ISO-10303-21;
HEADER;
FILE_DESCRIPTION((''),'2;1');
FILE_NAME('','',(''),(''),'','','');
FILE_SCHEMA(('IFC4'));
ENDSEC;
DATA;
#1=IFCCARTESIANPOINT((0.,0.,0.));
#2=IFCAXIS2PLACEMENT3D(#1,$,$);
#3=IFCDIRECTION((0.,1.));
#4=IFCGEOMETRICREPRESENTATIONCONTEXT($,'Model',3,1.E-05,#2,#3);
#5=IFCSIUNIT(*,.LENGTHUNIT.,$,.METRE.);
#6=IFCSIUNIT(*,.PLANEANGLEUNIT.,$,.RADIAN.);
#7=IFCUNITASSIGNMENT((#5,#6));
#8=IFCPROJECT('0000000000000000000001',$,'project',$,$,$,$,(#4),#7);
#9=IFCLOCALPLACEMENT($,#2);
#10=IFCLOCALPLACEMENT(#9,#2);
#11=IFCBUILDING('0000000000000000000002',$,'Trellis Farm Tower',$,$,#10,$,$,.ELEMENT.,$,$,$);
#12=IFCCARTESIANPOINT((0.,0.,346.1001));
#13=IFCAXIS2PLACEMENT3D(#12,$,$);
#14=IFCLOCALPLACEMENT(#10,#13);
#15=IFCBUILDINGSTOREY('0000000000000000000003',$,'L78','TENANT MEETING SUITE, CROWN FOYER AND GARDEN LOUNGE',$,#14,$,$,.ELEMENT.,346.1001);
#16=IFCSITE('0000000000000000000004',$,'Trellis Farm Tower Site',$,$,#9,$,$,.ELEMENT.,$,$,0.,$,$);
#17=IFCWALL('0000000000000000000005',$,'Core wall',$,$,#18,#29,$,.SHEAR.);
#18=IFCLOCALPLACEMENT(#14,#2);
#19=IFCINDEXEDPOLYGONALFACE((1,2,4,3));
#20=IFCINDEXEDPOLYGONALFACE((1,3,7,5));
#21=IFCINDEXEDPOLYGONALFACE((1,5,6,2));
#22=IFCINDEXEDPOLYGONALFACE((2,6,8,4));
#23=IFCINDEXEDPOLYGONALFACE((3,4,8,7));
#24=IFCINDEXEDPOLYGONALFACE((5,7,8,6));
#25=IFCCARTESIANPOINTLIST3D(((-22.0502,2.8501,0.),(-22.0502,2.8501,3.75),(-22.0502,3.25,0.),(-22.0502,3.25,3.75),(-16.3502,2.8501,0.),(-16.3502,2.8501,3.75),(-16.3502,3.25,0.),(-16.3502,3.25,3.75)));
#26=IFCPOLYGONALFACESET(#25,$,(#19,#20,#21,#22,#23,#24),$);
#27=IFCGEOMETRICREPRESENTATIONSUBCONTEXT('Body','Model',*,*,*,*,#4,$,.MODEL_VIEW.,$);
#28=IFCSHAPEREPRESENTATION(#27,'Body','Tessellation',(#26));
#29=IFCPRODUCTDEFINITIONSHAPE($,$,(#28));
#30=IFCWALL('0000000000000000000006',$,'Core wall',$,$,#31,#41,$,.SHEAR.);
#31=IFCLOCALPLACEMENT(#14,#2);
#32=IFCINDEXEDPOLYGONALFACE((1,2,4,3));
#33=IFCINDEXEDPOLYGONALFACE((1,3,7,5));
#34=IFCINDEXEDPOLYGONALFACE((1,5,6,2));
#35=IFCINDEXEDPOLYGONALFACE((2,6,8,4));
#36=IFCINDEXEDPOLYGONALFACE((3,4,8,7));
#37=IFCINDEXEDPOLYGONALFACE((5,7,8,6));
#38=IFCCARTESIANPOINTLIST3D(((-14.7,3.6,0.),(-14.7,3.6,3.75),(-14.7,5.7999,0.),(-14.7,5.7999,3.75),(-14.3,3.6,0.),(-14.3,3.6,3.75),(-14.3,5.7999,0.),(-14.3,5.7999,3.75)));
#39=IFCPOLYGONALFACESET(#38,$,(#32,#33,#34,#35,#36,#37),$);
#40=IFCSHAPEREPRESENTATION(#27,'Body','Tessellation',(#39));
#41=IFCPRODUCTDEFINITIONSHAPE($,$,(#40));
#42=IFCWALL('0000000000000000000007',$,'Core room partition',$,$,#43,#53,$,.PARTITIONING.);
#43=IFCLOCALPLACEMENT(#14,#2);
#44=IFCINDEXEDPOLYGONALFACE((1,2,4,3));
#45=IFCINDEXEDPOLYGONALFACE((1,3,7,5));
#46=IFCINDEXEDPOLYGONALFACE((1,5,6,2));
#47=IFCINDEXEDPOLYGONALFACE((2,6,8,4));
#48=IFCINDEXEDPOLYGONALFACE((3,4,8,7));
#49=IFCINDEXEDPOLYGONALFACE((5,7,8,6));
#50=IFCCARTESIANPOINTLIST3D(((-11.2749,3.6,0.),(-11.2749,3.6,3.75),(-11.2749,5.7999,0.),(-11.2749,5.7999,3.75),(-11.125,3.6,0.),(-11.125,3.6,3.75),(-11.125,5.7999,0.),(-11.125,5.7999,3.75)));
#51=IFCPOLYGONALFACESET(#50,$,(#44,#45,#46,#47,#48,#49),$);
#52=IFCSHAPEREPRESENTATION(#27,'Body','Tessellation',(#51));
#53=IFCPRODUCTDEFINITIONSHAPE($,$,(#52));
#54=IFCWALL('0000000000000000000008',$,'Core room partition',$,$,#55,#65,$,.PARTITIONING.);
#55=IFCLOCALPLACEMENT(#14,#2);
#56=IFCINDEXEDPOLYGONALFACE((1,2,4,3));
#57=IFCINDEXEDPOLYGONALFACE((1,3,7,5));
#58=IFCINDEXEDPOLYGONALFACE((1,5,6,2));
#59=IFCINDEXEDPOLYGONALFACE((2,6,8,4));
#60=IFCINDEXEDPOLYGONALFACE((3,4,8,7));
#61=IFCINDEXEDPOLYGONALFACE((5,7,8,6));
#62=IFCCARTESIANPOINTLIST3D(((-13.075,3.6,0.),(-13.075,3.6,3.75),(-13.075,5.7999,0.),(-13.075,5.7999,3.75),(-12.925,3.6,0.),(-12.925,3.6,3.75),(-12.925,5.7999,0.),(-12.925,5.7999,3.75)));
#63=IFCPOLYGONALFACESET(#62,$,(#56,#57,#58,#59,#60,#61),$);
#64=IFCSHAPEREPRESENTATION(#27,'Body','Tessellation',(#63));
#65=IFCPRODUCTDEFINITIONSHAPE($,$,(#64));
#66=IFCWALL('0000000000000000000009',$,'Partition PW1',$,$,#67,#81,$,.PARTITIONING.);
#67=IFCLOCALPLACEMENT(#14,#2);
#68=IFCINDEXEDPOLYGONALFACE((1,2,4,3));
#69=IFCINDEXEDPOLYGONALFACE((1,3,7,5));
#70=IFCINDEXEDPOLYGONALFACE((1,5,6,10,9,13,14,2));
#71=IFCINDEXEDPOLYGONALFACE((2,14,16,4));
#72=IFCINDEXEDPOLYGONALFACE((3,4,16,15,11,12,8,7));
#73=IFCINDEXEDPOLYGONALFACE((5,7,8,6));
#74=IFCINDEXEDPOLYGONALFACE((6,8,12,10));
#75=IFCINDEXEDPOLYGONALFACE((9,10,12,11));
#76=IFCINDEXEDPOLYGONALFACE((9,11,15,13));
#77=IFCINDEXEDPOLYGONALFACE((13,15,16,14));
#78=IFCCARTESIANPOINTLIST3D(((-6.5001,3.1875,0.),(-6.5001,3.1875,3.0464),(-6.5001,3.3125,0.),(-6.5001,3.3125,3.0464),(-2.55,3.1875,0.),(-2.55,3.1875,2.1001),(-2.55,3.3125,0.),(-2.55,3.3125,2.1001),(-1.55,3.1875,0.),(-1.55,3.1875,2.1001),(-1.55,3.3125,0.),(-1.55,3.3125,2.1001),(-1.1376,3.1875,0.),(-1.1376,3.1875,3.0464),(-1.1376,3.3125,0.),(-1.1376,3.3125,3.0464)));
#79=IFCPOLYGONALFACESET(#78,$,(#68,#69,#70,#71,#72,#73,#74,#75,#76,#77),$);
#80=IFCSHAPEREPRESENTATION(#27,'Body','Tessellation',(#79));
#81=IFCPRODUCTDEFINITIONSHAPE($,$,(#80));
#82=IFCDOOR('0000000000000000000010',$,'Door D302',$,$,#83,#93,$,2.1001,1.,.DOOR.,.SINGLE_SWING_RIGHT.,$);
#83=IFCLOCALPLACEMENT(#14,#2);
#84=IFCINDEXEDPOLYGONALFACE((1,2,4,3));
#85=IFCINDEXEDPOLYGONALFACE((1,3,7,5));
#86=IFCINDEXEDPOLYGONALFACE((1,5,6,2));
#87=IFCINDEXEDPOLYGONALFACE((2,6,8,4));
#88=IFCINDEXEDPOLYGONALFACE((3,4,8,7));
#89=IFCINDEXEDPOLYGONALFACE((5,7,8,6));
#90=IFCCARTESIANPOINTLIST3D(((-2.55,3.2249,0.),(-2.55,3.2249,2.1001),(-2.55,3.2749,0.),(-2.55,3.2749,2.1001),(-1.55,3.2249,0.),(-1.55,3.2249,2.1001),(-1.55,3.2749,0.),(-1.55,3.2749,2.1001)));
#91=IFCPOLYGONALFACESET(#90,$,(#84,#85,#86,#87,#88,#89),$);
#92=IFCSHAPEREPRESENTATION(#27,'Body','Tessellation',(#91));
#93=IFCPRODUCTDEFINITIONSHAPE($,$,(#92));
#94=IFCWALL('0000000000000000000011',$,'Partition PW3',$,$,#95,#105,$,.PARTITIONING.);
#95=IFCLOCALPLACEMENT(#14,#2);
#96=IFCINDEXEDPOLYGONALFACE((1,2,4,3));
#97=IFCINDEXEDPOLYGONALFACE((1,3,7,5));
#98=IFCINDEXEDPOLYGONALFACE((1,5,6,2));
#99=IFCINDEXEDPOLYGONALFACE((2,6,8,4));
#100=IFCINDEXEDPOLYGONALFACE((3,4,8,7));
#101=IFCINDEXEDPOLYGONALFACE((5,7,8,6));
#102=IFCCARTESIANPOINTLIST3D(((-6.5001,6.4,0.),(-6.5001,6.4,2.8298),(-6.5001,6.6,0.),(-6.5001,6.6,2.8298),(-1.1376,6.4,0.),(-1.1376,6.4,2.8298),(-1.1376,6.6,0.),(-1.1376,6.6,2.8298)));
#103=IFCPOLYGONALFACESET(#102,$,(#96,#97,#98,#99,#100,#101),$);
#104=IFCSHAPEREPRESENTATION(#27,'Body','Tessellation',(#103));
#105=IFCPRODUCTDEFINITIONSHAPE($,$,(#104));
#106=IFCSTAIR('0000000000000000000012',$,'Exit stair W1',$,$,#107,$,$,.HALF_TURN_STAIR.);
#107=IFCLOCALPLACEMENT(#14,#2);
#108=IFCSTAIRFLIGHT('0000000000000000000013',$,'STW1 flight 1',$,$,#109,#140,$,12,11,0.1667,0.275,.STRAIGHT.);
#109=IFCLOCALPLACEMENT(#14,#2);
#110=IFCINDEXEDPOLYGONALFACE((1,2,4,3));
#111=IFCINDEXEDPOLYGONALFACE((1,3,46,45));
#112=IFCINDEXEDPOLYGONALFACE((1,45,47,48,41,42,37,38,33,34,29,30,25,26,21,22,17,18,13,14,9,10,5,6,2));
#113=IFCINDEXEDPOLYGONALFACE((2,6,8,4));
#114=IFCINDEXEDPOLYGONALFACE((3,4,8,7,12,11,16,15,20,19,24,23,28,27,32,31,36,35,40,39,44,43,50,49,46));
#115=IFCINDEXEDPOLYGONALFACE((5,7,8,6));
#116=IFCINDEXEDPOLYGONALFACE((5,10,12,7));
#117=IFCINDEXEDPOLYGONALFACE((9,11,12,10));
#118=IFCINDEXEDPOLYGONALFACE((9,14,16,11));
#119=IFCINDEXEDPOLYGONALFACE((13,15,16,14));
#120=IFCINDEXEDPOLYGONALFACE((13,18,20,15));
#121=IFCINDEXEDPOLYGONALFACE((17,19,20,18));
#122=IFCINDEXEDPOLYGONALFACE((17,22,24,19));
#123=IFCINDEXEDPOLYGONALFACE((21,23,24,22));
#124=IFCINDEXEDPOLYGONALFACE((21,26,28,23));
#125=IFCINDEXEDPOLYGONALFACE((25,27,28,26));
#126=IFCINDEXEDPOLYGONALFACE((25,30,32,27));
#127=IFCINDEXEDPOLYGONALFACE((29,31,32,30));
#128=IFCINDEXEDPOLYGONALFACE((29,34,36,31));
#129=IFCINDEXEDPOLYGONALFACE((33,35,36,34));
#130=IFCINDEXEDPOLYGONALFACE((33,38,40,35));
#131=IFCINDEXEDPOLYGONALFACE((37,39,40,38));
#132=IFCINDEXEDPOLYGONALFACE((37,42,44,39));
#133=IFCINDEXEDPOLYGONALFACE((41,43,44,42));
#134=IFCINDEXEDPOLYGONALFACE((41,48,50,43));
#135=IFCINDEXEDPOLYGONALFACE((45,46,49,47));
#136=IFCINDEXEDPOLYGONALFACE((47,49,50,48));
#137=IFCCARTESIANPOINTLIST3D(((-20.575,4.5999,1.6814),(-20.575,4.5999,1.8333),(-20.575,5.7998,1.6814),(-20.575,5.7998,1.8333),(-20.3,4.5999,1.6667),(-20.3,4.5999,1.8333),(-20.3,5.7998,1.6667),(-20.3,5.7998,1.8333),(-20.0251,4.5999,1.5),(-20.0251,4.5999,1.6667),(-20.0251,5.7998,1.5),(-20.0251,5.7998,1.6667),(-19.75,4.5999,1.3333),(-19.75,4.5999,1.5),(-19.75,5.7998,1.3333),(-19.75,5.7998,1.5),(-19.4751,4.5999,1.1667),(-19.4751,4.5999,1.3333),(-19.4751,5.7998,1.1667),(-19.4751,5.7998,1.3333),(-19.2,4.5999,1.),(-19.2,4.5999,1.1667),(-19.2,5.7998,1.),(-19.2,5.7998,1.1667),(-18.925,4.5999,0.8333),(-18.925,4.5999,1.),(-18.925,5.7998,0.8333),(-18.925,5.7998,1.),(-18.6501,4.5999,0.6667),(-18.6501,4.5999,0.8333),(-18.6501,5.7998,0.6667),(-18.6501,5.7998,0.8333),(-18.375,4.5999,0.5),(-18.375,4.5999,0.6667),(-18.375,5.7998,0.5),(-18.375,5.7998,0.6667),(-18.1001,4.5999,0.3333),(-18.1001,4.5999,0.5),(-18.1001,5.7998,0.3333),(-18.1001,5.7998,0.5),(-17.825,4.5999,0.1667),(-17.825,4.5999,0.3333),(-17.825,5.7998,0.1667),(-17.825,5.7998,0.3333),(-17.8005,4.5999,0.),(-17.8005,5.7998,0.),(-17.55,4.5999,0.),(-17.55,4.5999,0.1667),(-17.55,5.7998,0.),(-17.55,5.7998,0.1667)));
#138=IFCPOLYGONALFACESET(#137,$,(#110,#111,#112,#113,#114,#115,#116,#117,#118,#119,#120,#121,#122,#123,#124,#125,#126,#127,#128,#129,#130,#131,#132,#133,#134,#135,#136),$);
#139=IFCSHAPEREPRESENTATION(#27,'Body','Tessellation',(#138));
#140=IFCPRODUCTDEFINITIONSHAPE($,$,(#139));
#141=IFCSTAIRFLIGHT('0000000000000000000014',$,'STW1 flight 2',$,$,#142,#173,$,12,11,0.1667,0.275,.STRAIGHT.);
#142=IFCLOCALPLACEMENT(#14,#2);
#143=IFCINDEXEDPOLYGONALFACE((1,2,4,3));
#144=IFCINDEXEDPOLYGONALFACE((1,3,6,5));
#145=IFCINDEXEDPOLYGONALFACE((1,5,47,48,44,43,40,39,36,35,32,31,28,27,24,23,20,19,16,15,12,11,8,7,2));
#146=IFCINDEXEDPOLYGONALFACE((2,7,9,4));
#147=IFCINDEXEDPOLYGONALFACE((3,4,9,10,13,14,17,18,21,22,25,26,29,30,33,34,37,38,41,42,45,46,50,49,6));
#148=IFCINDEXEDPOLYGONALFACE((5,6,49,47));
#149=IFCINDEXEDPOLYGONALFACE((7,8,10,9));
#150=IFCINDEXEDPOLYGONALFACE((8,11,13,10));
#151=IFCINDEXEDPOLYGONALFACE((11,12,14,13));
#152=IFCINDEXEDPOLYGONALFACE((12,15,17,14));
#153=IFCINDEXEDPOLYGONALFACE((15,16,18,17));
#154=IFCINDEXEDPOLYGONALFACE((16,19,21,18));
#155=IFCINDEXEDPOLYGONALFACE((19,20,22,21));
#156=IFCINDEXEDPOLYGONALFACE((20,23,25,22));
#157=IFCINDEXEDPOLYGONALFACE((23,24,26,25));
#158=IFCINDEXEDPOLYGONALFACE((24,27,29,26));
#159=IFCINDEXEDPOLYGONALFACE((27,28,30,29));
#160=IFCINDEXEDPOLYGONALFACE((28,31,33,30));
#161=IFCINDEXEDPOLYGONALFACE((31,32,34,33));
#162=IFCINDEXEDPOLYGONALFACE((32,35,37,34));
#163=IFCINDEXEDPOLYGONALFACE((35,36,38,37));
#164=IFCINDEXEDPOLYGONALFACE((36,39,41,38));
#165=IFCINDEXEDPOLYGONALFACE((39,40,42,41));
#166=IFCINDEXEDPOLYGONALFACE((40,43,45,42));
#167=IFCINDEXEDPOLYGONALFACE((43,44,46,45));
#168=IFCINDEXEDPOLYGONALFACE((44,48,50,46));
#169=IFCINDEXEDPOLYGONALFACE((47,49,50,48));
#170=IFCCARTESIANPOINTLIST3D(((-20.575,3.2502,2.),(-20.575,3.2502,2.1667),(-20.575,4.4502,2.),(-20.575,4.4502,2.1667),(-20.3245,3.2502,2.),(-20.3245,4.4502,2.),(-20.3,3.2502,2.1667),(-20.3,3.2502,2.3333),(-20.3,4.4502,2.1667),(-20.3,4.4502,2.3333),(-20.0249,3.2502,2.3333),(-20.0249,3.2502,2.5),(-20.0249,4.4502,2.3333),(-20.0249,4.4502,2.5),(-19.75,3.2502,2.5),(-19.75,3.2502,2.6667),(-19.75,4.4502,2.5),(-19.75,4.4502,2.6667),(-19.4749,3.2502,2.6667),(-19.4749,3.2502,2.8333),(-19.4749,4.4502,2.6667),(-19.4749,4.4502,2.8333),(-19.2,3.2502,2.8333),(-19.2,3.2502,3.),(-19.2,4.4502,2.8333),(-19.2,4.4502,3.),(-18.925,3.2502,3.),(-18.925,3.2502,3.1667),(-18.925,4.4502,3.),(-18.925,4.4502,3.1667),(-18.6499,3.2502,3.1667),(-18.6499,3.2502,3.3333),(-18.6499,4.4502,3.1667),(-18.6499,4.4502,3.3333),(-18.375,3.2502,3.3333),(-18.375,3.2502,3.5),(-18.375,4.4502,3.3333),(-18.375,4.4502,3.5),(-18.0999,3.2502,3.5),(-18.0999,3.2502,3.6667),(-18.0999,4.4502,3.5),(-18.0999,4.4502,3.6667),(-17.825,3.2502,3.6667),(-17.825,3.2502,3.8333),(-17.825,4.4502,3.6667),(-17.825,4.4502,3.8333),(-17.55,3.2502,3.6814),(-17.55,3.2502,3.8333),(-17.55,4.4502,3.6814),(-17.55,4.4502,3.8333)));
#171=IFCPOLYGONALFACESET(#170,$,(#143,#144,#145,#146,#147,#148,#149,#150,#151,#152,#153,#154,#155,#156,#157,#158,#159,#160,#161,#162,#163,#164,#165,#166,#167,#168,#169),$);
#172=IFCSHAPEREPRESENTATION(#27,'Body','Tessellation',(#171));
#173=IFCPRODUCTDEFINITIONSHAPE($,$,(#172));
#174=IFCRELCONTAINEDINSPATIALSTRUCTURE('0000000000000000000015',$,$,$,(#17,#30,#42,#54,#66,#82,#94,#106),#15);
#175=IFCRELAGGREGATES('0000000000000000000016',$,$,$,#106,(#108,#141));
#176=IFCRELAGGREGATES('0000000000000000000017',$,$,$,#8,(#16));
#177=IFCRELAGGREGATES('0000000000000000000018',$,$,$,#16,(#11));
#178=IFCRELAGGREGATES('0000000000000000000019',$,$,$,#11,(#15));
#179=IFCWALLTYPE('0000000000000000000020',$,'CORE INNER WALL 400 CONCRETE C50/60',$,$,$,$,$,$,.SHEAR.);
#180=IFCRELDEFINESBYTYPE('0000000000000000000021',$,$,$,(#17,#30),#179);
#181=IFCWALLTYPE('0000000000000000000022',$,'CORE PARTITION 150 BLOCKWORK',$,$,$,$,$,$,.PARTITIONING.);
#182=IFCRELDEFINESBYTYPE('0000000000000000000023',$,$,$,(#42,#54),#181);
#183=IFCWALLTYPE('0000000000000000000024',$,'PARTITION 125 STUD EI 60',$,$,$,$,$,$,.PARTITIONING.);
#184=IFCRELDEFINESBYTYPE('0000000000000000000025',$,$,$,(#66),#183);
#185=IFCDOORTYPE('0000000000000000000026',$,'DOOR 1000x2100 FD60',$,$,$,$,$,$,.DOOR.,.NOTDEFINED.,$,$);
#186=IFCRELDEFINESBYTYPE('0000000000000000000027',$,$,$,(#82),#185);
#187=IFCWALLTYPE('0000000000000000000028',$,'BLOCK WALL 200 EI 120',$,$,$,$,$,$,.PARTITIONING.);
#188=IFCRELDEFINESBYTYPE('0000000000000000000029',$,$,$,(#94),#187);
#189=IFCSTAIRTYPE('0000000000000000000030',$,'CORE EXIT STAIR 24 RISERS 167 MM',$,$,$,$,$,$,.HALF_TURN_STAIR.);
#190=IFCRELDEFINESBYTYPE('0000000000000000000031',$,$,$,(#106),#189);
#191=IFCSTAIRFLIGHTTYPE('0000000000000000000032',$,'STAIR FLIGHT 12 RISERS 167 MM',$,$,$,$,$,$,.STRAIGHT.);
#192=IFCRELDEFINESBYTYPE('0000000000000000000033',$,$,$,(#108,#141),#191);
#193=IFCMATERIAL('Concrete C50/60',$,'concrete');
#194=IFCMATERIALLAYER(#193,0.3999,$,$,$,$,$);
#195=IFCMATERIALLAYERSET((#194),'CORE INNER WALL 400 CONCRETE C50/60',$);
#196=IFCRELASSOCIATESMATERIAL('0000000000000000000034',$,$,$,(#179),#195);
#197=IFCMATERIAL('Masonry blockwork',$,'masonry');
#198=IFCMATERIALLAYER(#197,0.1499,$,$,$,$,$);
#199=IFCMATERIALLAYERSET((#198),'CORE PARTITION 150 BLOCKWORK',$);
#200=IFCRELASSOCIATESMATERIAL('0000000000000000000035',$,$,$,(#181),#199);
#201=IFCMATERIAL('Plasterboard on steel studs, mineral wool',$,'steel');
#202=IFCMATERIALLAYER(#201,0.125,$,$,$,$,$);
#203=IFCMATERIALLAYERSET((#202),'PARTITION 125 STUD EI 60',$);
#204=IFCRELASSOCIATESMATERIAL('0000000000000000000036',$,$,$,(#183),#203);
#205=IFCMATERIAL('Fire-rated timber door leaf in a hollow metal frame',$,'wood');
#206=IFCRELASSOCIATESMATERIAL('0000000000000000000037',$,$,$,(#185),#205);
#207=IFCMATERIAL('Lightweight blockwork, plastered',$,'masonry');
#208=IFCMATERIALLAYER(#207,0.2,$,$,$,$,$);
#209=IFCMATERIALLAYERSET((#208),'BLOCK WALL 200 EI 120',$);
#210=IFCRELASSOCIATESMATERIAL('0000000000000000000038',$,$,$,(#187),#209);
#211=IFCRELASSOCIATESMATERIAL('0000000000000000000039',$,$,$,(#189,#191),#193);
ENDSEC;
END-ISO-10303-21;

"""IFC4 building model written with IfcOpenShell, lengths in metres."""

from ifc_helpers import new_model, si_unit, direction, frame, frame_2d, origin, place, context, subcontext, project, spatial, polyline, rectangle, outline, extrude, source, transform, mapped, material, layer, layer_set, type_object, element, fill, aggregate, save


model = new_model("IFC4")

# Units and contexts
model_context = context("Model", 3, precision=1e-05, world=origin(), true_north=direction((0.0, 1.0)))
body_context = subcontext(model_context, "Body", "Model", "MODEL_VIEW")
ifc_project = project(units=[si_unit("LENGTHUNIT", "METRE"), si_unit("PLANEANGLEUNIT", "RADIAN")], contexts=[model_context])

# Site, building, storey
site_placement = place(None, origin())
site = spatial("IfcSite", under=ifc_project, at=site_placement, Name="Trellis Farm Tower Site", CompositionType="ELEMENT", RefElevation=0.0)
building_placement = place(site_placement, origin())
building = spatial("IfcBuilding", under=site, at=building_placement, Name="Trellis Farm Tower", CompositionType="ELEMENT")
storey_placement = place(building_placement, frame((0.0, 0.0, 346.1001)))
storey = spatial("IfcBuildingStorey", under=building, at=storey_placement, Name="L78", Description="TENANT MEETING SUITE, CROWN FOYER AND GARDEN LOUNGE", CompositionType="ELEMENT", Elevation=346.1001)

# Shared definitions
ifc_material_1 = material(Name="Concrete C50/60", Category="concrete")

# Shared definitions
placement = place(storey_placement, origin())

# Shared definitions
ifc_layer_1 = layer(ifc_material_1, 0.3999)
ifc_layer_set_1 = layer_set([ifc_layer_1], Name="CORE INNER WALL 400 CONCRETE C50/60")
wall_type_1 = type_object("IfcWallType", Name="CORE INNER WALL 400 CONCRETE C50/60", PredefinedType="SHEAR", material=ifc_layer_set_1)

# Shared definitions
shared_shape_1 = source(origin(), body_context, "Body", "SweptSolid", [
    extrude(rectangle(XDim=1.0, YDim=2.1001, at=frame_2d((0.5, 1.05))), frame((0.0, 0.0249, 0.0), z_axis=(0.0, -1.0, 0.0), x_axis=(1.0, 0.0, 0.0)), (0.0, 0.0, 1.0), 0.05),
])

# Walls
shared_shape_2 = source(origin(), body_context, "Body", "SweptSolid", [
    extrude(rectangle(XDim=5.7, YDim=0.3999, at=frame_2d((2.8501, 0.0))), origin(), (0.0, 0.0, 1.0), 3.75),
])
wall_1_placement = place(storey_placement, frame((-16.3501, 3.05, 0.0), z_axis=(0.0, 0.0, 1.0), x_axis=(-1.0, 0.0, 0.0)))
element("IfcWall", 1, at=wall_1_placement, inside=storey, type_object=wall_type_1, Name="Core wall", PredefinedType="SHEAR", context=body_context, shape_type="MappedRepresentation", body=[
    mapped(shared_shape_2, transform((0.0, 0.0, 0.0))),
])
shared_shape_3 = source(origin(), body_context, "Body", "SweptSolid", [
    extrude(rectangle(XDim=2.2, YDim=0.3999, at=frame_2d((1.1001, 0.0))), origin(), (0.0, 0.0, 1.0), 3.75),
])
wall_2_placement = place(storey_placement, frame((-14.5, 5.8, 0.0), z_axis=(0.0, 0.0, 1.0), x_axis=(0.0, -1.0, 0.0)))
element("IfcWall", 2, at=wall_2_placement, inside=storey, type_object=wall_type_1, Name="Core wall", PredefinedType="SHEAR", context=body_context, shape_type="MappedRepresentation", body=[
    mapped(shared_shape_3, transform((0.0, 0.0, 0.0))),
])
ifc_material_2 = material(Name="Masonry blockwork", Category="masonry")
ifc_layer_2 = layer(ifc_material_2, 0.1499)
ifc_layer_set_2 = layer_set([ifc_layer_2], Name="CORE PARTITION 150 BLOCKWORK")
wall_type_2 = type_object("IfcWallType", Name="CORE PARTITION 150 BLOCKWORK", PredefinedType="PARTITIONING", material=ifc_layer_set_2)
shared_shape_4 = source(origin(), body_context, "Body", "SweptSolid", [
    extrude(rectangle(XDim=2.2, YDim=0.1499, at=frame_2d((1.1001, 0.0))), origin(), (0.0, 0.0, 1.0), 3.75),
])
for number, where, z_axis, x_axis, name in (
    (3, (-11.2, 5.8, 0.0), (0.0, 0.0, 1.0), (0.0, -1.0, 0.0), "Core room partition"),
    (4, (-13.0, 5.8, 0.0), (0.0, 0.0, 1.0), (0.0, -1.0, 0.0), "Core room partition"),
):
    element("IfcWall", number, at=place(storey_placement, frame(where, z_axis=z_axis, x_axis=x_axis)), inside=storey, type_object=wall_type_2, Name=name, PredefinedType="PARTITIONING", context=body_context, shape_type="MappedRepresentation", body=[
        mapped(shared_shape_4, transform((0.0, 0.0, 0.0))),
    ])

# Wall, opening, door
ifc_material_3 = material(Name="Plasterboard on steel studs, mineral wool", Category="steel")
ifc_layer_3 = layer(ifc_material_3, 0.125)
ifc_layer_set_3 = layer_set([ifc_layer_3], Name="PARTITION 125 STUD EI 60")
wall_type_3 = type_object("IfcWallType", Name="PARTITION 125 STUD EI 60", PredefinedType="PARTITIONING", material=ifc_layer_set_3)
shared_shape_5 = source(origin(), body_context, "Body", "SweptSolid", [
    extrude(rectangle(XDim=5.3625, YDim=0.125, at=frame_2d((2.6812, 0.0))), origin(), (0.0, 0.0, 1.0), 3.0464),
])
wall_3_placement = place(storey_placement, frame((-6.5, 3.25, 0.0), z_axis=(0.0, 0.0, 1.0), x_axis=(1.0, 0.0, 0.0)))
wall_3 = element("IfcWall", 5, at=wall_3_placement, inside=storey, type_object=wall_type_3, Name="Partition PW1", PredefinedType="PARTITIONING", context=body_context, shape_type="MappedRepresentation", body=[
    mapped(shared_shape_5, transform((0.0, 0.0, 0.0))),
])
shared_shape_6 = source(origin(), body_context, "Body", "SweptSolid", [
    extrude(rectangle(XDim=1.0, YDim=2.1001, at=frame_2d((0.5, 1.05))), frame((0.0, 0.0725, 0.0), z_axis=(0.0, -1.0, 0.0), x_axis=(1.0, 0.0, 0.0)), (0.0, 0.0, 1.0), 0.145),
])
opening_1_placement = place(wall_3_placement, frame((3.95, 0.0, 0.0)))
opening_1 = element("IfcOpeningElement", 6, at=opening_1_placement, cuts=wall_3, PredefinedType="OPENING", context=body_context, shape_type="MappedRepresentation", body=[
    mapped(shared_shape_6, transform((0.0, 0.0, 0.0))),
])
ifc_material_4 = material(Name="Fire-rated timber door leaf in a hollow metal frame", Category="wood")
door_type_1 = type_object("IfcDoorType", Name="DOOR 1000x2100 FD60", OperationType="NOTDEFINED", PredefinedType="DOOR", material=ifc_material_4)
door_1_placement = place(opening_1_placement, origin())
door_1 = element("IfcDoor", 7, at=door_1_placement, inside=storey, type_object=door_type_1, Name="Door D302", OperationType="SINGLE_SWING_RIGHT", OverallHeight=2.1001, OverallWidth=1.0, PredefinedType="DOOR", context=body_context, shape_type="MappedRepresentation", body=[
    mapped(shared_shape_1, transform((0.0, 0.0, 0.0))),
])
fill(opening_1, door_1)

# Wall
ifc_material_5 = material(Name="Lightweight blockwork, plastered", Category="masonry")
ifc_layer_4 = layer(ifc_material_5, 0.2)
ifc_layer_set_4 = layer_set([ifc_layer_4], Name="BLOCK WALL 200 EI 120")
wall_type_4 = type_object("IfcWallType", Name="BLOCK WALL 200 EI 120", PredefinedType="PARTITIONING", material=ifc_layer_set_4)
shared_shape_7 = source(origin(), body_context, "Body", "SweptSolid", [
    extrude(rectangle(XDim=5.3625, YDim=0.2, at=frame_2d((2.6812, 0.0))), origin(), (0.0, 0.0, 1.0), 2.8298),
])
wall_4_placement = place(storey_placement, frame((-6.5, 6.5, 0.0), z_axis=(0.0, 0.0, 1.0), x_axis=(1.0, 0.0, 0.0)))
element("IfcWall", 8, at=wall_4_placement, inside=storey, type_object=wall_type_4, Name="Partition PW3", PredefinedType="PARTITIONING", context=body_context, shape_type="MappedRepresentation", body=[
    mapped(shared_shape_7, transform((0.0, 0.0, 0.0))),
])

# Stair, stair flights
stair_type = type_object("IfcStairType", Name="CORE EXIT STAIR 24 RISERS 167 MM", PredefinedType="HALF_TURN_STAIR", material=ifc_material_1)
stair_1 = element("IfcStair", 9, at=placement, inside=storey, type_object=stair_type, Name="Exit stair W1", PredefinedType="HALF_TURN_STAIR")
stair_flight_type = type_object("IfcStairFlightType", Name="STAIR FLIGHT 12 RISERS 167 MM", PredefinedType="STRAIGHT", material=ifc_material_1)
shared_shape_8 = source(origin(), body_context, "Body", "SweptSolid", [
    extrude(outline(polyline([(0.0, 0.0), (0.0, 0.1667), (0.2749, 0.1667), (0.2749, 0.3333), (0.55, 0.3333), (0.55, 0.5), (0.825, 0.5), (0.825, 0.6667), (1.1001, 0.6667), (1.1001, 0.8333), (1.375, 0.8333), (1.375, 1.0), (1.6499, 1.0), (1.6499, 1.1667), (1.925, 1.1667), (1.925, 1.3333), (2.2, 1.3333), (2.2, 1.5), (2.4751, 1.5), (2.4751, 1.6667), (2.75, 1.6667), (2.75, 1.8333), (3.0249, 1.8333), (3.0249, 2.0), (3.0249, 1.6814), (0.2505, 0.0), (0.0, 0.0)])), frame((0.0, 0.6001, 0.0), z_axis=(0.0, -1.0, 0.0), x_axis=(1.0, 0.0, 0.0)), (0.0, 0.0, 1.0), 1.2),
])
stair_flight_1_placement = place(storey_placement, frame((-17.55, 5.2, 0.0), z_axis=(0.0, 0.0, 1.0), x_axis=(-1.0, 0.0, 0.0)))
stair_flight_1 = element("IfcStairFlight", 10, at=stair_flight_1_placement, type_object=stair_flight_type, Name="STW1 flight 1", NumberOfRisers=12, NumberOfTreads=11, PredefinedType="STRAIGHT", RiserHeight=0.1667, TreadLength=0.275, context=body_context, shape_type="MappedRepresentation", body=[
    mapped(shared_shape_8, transform((0.0, 0.0, 0.0))),
])
stair_flight_2_placement = place(storey_placement, frame((-20.575, 3.8501, 2.0), z_axis=(0.0, 0.0, 1.0), x_axis=(1.0, 0.0, 0.0)))
stair_flight_2 = element("IfcStairFlight", 11, at=stair_flight_2_placement, type_object=stair_flight_type, Name="STW1 flight 2", NumberOfRisers=12, NumberOfTreads=11, PredefinedType="STRAIGHT", RiserHeight=0.1667, TreadLength=0.275, context=body_context, shape_type="MappedRepresentation", body=[
    mapped(shared_shape_8, transform((0.0, 0.0, 0.0))),
])
aggregate(stair_1, [stair_flight_1, stair_flight_2])

save(model, "model.ifc")
